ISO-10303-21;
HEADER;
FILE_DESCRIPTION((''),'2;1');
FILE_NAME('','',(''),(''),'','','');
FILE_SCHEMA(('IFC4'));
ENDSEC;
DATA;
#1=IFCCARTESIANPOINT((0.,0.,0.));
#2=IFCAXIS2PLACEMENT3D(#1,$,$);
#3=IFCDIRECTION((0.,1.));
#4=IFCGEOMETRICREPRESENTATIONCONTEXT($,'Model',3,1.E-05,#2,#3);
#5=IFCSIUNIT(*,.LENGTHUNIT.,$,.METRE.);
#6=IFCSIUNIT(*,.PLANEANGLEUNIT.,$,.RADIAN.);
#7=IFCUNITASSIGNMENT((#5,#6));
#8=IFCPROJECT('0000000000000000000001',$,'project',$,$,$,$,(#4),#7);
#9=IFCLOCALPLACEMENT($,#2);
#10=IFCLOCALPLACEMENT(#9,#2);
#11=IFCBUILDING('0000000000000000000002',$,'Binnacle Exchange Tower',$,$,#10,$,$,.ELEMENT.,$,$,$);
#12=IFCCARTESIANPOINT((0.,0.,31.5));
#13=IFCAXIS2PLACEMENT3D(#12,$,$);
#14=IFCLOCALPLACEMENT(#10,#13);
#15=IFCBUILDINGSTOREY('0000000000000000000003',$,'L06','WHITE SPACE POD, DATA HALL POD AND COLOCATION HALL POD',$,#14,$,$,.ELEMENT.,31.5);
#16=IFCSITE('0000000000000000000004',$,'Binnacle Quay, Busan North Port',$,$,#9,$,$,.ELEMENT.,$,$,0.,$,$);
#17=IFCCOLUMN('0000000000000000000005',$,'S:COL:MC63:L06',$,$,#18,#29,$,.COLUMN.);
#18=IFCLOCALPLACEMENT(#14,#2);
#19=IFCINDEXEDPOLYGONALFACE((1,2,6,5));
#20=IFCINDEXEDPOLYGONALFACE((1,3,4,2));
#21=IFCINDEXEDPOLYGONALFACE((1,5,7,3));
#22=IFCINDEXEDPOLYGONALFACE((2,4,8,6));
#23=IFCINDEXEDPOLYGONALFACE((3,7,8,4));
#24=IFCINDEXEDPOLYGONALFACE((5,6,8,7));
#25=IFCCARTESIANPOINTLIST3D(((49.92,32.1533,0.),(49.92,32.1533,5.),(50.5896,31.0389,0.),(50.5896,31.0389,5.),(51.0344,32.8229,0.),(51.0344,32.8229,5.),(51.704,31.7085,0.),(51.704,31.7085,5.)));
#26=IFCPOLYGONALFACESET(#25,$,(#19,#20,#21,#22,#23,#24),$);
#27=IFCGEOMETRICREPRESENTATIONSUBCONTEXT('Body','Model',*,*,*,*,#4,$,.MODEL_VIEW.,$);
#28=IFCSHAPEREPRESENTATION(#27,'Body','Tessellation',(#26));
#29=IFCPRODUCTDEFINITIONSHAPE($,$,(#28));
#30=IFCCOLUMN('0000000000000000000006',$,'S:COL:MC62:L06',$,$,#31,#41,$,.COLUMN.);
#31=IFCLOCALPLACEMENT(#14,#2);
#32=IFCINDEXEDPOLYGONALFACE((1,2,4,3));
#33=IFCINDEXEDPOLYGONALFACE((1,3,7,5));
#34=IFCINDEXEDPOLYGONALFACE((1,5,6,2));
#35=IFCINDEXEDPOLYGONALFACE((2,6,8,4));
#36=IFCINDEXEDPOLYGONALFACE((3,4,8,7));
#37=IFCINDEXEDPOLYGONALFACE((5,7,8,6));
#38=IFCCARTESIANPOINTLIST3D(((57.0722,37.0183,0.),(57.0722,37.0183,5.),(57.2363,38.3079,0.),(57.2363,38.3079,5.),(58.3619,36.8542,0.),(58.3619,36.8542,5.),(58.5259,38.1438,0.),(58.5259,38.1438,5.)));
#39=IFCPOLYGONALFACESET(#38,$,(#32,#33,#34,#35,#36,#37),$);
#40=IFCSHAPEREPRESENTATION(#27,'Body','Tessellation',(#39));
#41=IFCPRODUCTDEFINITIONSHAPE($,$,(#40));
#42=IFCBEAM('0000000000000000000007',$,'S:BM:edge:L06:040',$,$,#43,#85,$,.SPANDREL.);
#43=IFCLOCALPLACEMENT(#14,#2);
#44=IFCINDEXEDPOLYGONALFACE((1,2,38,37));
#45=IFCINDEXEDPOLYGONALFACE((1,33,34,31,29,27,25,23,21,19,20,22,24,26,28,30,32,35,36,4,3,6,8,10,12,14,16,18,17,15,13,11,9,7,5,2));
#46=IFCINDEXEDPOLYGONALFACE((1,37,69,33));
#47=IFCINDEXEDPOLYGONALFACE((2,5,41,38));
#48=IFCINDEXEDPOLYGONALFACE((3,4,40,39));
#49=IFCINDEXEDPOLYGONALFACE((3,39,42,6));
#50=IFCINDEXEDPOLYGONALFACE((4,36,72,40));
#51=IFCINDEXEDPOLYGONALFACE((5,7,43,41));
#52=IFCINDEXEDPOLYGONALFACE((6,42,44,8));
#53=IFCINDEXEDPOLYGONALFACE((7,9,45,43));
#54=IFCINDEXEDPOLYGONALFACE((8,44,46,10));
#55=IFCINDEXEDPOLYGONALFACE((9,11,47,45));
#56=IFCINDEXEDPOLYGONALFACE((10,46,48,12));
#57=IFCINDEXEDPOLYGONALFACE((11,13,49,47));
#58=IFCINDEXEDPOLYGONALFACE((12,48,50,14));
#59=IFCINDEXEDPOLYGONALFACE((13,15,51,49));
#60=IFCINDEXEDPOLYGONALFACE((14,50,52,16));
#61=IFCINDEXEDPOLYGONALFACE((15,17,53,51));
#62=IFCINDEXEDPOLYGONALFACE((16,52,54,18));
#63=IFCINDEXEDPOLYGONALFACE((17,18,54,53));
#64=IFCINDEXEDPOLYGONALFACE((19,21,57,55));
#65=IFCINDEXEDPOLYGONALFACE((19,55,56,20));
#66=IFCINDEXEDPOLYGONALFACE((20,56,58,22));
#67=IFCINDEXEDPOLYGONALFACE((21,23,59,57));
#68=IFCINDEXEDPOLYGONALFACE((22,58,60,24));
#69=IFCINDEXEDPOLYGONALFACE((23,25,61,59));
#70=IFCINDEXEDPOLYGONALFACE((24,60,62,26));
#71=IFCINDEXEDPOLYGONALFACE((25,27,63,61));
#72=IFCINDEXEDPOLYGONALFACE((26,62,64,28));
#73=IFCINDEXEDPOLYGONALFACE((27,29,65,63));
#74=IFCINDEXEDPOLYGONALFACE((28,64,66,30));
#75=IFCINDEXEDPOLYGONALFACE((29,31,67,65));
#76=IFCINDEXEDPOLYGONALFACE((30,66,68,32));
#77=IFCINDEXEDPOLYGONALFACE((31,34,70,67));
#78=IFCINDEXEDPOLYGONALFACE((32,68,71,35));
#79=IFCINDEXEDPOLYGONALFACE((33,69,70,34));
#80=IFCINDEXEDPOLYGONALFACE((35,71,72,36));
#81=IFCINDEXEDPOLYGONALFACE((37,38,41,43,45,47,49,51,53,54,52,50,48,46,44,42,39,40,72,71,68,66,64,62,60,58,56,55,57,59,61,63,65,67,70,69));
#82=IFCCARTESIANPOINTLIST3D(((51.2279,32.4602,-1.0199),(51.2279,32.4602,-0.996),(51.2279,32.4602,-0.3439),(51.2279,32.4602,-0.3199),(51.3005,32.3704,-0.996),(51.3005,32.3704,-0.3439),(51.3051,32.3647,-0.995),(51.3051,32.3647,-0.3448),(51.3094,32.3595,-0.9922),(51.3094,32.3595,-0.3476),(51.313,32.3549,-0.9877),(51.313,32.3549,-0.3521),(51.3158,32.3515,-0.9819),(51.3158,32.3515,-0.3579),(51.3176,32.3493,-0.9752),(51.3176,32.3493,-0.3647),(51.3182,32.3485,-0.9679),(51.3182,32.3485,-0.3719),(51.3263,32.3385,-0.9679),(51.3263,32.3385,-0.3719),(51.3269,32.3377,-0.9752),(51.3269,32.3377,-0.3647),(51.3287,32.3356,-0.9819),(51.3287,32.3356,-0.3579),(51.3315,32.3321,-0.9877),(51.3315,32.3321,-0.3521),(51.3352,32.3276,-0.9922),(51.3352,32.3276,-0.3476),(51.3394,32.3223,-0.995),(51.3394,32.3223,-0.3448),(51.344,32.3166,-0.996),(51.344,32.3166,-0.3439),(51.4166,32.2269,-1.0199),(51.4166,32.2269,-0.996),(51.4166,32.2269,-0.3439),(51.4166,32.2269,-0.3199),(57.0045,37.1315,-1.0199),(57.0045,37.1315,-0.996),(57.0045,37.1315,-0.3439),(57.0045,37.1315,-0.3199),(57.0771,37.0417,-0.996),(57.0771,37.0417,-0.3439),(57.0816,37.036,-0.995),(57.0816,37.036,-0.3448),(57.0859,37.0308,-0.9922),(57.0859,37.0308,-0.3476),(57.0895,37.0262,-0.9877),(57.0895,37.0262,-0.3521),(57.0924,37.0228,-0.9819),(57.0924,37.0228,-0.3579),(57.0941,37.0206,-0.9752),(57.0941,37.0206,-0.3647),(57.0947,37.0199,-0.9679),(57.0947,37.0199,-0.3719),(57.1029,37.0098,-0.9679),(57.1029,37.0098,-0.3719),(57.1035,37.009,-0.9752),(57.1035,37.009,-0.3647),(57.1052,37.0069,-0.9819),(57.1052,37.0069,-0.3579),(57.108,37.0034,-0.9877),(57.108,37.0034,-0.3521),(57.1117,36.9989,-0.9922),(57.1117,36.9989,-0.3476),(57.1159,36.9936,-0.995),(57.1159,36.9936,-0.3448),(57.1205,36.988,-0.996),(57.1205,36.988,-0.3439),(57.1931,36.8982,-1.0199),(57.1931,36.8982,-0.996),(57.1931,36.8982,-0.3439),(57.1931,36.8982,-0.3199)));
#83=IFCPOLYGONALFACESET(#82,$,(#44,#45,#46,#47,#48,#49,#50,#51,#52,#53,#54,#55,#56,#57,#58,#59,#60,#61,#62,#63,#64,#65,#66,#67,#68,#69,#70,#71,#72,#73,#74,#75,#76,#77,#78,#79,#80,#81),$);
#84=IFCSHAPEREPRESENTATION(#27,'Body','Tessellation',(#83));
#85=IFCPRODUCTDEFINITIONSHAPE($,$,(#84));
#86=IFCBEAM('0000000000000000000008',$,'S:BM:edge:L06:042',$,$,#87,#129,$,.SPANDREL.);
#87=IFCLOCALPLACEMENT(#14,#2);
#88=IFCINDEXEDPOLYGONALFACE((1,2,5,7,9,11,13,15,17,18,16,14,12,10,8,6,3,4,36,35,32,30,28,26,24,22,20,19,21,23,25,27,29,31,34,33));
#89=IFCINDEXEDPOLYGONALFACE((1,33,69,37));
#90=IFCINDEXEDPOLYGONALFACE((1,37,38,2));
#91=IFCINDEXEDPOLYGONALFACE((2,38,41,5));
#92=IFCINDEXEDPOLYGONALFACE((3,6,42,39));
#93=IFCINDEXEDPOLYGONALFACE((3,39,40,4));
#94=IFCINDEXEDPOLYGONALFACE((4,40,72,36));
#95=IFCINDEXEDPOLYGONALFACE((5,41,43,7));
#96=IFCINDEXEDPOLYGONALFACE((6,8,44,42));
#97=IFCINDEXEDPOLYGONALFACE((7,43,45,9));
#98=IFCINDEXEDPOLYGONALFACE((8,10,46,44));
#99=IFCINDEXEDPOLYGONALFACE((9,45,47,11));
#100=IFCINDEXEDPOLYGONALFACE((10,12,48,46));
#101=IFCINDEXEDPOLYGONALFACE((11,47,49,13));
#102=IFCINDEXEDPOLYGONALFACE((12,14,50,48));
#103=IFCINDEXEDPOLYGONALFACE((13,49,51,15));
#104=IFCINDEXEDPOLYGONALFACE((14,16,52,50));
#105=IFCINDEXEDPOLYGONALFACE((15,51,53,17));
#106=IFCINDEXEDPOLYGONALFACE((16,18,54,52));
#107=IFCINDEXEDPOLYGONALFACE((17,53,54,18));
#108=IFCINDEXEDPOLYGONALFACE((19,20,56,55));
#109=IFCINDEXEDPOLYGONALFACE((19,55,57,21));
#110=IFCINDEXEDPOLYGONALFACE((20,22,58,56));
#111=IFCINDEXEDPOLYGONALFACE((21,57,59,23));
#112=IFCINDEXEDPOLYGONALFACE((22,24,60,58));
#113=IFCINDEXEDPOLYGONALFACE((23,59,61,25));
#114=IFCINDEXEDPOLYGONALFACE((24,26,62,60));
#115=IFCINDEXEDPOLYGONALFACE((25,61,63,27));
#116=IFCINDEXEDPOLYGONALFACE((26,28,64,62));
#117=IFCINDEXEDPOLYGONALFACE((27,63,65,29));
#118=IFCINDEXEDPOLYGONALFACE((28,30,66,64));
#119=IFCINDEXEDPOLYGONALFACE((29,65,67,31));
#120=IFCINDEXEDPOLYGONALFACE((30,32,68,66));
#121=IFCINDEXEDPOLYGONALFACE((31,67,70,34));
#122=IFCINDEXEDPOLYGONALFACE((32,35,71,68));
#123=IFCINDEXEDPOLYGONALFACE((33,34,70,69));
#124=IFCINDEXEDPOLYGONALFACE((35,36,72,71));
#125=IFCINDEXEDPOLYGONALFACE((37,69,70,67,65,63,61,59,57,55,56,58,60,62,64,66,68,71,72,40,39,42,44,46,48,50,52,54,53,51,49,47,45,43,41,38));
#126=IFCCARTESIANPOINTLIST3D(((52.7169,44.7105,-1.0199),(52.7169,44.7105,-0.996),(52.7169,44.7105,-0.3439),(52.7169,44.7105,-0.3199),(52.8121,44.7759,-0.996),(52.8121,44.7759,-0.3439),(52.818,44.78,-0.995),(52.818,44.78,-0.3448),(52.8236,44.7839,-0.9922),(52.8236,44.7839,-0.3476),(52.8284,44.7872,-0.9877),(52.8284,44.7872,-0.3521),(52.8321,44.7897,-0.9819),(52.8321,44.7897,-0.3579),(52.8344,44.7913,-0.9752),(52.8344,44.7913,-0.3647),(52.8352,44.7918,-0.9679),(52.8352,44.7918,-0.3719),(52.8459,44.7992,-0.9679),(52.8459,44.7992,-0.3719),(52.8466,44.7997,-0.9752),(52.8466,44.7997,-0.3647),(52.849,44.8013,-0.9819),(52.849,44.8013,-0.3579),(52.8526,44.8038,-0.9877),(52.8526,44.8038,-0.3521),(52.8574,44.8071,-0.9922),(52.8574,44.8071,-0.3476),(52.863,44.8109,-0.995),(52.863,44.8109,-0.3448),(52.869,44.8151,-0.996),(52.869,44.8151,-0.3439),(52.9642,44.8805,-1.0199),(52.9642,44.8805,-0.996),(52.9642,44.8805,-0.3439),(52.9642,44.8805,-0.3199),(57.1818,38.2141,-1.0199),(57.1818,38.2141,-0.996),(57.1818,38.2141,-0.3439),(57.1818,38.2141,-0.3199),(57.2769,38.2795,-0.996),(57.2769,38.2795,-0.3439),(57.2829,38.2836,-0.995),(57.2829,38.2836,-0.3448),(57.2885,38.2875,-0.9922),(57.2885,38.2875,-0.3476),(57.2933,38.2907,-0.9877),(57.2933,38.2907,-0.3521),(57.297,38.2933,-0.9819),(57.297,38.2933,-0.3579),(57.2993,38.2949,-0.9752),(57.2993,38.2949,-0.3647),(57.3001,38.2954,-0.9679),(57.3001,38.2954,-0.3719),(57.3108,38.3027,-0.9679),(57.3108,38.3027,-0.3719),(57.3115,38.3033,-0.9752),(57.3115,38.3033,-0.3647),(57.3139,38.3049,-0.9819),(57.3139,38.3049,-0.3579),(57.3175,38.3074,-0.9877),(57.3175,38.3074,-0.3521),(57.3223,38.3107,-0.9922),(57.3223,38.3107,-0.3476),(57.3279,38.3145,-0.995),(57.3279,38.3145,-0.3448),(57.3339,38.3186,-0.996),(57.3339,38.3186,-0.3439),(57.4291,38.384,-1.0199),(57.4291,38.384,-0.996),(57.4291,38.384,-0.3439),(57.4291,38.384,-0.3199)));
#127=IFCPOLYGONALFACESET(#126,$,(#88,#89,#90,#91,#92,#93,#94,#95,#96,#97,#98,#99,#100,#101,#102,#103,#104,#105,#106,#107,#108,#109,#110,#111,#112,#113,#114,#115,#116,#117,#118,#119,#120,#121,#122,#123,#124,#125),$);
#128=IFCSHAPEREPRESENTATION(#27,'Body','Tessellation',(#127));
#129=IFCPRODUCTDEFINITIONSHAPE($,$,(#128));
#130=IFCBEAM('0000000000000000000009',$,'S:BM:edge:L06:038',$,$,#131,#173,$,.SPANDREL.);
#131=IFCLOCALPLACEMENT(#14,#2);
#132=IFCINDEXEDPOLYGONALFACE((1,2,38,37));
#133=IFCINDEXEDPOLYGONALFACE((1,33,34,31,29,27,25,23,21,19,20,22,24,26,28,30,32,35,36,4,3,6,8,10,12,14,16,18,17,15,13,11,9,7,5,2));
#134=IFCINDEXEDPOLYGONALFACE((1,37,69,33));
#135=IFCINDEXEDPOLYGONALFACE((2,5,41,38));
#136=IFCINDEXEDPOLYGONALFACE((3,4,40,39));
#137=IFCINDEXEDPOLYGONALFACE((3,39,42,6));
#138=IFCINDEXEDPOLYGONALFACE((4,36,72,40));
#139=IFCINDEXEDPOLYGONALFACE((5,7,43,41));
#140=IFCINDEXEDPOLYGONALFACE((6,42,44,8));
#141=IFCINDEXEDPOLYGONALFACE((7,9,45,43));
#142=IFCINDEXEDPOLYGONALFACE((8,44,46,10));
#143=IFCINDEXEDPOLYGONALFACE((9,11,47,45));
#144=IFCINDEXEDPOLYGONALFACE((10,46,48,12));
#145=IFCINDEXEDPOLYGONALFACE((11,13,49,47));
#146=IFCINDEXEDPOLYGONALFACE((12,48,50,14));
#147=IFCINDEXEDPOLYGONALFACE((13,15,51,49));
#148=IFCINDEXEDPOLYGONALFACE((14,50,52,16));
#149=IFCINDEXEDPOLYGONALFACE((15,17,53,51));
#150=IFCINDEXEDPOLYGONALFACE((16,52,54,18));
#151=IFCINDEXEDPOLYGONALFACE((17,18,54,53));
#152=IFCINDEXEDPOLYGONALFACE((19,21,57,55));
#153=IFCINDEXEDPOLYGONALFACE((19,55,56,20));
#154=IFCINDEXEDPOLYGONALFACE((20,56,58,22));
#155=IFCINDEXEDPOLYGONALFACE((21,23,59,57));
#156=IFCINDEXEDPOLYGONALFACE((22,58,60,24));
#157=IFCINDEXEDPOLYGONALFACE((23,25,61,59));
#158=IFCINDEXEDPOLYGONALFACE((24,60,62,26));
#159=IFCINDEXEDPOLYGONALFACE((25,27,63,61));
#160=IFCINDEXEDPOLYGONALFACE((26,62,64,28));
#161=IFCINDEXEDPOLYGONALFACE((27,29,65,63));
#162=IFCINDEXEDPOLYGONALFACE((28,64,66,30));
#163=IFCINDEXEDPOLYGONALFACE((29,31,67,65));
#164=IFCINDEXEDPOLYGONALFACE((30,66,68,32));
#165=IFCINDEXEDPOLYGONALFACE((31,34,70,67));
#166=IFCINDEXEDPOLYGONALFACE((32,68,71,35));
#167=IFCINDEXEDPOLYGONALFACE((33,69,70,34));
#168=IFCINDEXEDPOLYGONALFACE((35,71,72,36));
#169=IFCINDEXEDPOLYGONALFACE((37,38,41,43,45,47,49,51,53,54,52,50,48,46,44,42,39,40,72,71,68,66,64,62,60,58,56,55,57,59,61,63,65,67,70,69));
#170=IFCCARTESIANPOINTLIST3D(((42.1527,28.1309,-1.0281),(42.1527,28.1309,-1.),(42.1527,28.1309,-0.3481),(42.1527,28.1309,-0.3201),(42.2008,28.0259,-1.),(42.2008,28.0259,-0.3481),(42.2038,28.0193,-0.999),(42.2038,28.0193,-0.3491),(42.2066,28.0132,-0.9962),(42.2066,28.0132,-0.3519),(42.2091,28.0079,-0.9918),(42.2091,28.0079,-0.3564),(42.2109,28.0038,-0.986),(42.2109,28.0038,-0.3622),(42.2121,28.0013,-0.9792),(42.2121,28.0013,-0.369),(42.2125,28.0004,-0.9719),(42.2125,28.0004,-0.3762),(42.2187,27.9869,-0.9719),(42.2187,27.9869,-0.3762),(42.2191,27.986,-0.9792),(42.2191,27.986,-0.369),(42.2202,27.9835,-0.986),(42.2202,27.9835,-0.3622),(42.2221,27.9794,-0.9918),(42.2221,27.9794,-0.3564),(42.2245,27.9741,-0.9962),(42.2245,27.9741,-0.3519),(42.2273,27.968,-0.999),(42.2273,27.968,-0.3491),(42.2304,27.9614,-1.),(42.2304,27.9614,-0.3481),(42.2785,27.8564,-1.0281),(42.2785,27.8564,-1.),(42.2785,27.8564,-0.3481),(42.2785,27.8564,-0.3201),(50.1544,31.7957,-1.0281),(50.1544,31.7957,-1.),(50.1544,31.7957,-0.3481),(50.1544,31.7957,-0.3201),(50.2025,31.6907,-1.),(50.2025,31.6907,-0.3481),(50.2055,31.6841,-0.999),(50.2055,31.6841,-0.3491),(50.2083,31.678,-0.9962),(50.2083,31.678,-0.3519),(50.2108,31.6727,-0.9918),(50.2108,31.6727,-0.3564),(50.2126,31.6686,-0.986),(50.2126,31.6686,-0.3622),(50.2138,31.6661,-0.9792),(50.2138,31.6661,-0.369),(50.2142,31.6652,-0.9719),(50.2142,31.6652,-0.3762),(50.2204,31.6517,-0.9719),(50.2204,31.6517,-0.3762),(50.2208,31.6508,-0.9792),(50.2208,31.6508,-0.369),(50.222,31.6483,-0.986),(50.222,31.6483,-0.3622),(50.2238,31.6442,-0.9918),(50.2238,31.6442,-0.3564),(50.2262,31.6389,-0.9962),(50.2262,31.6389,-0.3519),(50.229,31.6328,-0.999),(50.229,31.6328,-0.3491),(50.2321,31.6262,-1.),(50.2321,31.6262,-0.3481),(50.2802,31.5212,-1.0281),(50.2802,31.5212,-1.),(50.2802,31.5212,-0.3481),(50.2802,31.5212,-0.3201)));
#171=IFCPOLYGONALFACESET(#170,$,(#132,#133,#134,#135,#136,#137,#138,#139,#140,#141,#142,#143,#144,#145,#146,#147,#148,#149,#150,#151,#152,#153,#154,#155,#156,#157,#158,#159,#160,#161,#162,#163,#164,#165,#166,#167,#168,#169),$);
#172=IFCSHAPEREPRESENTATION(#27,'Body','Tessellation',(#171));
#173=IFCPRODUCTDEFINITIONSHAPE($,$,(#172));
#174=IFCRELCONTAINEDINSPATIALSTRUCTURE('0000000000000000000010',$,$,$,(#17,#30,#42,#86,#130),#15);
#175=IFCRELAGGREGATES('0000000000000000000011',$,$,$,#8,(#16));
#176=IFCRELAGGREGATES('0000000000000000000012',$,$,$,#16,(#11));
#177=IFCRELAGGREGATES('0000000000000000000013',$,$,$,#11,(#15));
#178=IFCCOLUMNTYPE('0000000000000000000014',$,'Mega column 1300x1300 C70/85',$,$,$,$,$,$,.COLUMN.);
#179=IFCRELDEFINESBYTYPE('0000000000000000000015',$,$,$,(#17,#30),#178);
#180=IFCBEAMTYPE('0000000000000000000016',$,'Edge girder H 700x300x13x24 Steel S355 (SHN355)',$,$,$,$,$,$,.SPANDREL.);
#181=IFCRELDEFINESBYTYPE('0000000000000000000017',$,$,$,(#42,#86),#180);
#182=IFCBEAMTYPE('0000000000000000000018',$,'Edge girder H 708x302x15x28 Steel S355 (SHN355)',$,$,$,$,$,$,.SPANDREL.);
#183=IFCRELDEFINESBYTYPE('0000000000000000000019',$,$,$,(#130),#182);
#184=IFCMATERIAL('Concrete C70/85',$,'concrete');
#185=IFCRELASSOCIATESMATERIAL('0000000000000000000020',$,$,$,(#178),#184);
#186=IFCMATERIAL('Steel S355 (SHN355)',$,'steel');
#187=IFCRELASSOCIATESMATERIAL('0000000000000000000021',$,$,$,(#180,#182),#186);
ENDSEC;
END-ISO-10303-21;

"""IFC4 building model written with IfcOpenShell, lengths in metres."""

from ifc_helpers import new_model, si_unit, direction, frame, origin, origin_2d, place, context, subcontext, project, spatial, rectangle, i_section, extrude, material, material_profile, profile_set, type_object, element, save


model = new_model("IFC4")

# Units and contexts
model_context = context("Model", 3, precision=1e-05, world=origin(), true_north=direction((0.0, 1.0)))
body_context = subcontext(model_context, "Body", "Model", "MODEL_VIEW")
ifc_project = project(units=[si_unit("LENGTHUNIT", "METRE"), si_unit("PLANEANGLEUNIT", "RADIAN")], contexts=[model_context])

# Site, building, storey
site_placement = place(None, origin())
site = spatial("IfcSite", under=ifc_project, at=site_placement, Name="Binnacle Quay, Busan North Port", CompositionType="ELEMENT", RefElevation=0.0)
building_placement = place(site_placement, origin())
building = spatial("IfcBuilding", under=site, at=building_placement, Name="Binnacle Exchange Tower", CompositionType="ELEMENT")
storey_placement = place(building_placement, frame((0.0, 0.0, 31.5)))
storey = spatial("IfcBuildingStorey", under=building, at=storey_placement, Name="L06", Description="WHITE SPACE POD, DATA HALL POD AND COLOCATION HALL POD", CompositionType="ELEMENT", Elevation=31.5)

# Columns
ifc_material_1 = material(Name="Concrete C70/85", Category="concrete")
ifc_material_profile_1 = material_profile(ifc_material_1, rectangle(XDim=1.3, YDim=1.3, at=origin_2d()), Name="Mega column 1300x1300 C70/85")
ifc_profile_set_1 = profile_set([ifc_material_profile_1], Name="Concrete C70/85")
column_type = type_object("IfcColumnType", Name="Mega column 1300x1300 C70/85", PredefinedType="COLUMN", material=ifc_profile_set_1)
for number, where, z_axis, x_axis, name in (
    (1, (50.812, 31.9309, 0.0), (0.0, 0.0, 1.0), (0.857167, 0.515038, 0.0), "S:COL:MC63:L06"),
    (2, (57.7991, 37.5811, 0.0), (0.0, 0.0, 1.0), (0.126199, 0.992005, 0.0), "S:COL:MC62:L06"),
):
    element("IfcColumn", number, at=place(storey_placement, frame(where, z_axis=z_axis, x_axis=x_axis)), inside=storey, type_object=column_type, Name=name, PredefinedType="COLUMN", context=body_context, shape_type="SweptSolid", body=[
        extrude(rectangle(XDim=1.3, YDim=1.3, at=origin_2d()), origin(), (0.0, 0.0, 1.0), 5.0),
    ])

# Beams
ifc_material_2 = material(Name="Steel S355 (SHN355)", Category="steel")
ifc_material_profile_2 = material_profile(ifc_material_2, i_section(OverallWidth=0.3, OverallDepth=0.7, WebThickness=0.0129, FlangeThickness=0.0239, FilletRadius=0.0281, at=origin_2d()), Name="H 700x300x13x24")
ifc_profile_set_2 = profile_set([ifc_material_profile_2], Name="Steel S355 (SHN355)")
beam_type_1 = type_object("IfcBeamType", Name="Edge girder H 700x300x13x24 Steel S355 (SHN355)", PredefinedType="SPANDREL", material=ifc_profile_set_2)
beam_1_placement = place(storey_placement, frame((51.3223, 32.3435, -0.6699), z_axis=(0.777568, 0.628798, 0.0), x_axis=(-0.628798, 0.777568, 0.0)))
element("IfcBeam", 3, at=beam_1_placement, inside=storey, type_object=beam_type_1, Name="S:BM:edge:L06:040", PredefinedType="SPANDREL", context=body_context, shape_type="SweptSolid", body=[
    extrude(i_section(OverallWidth=0.3, OverallDepth=0.7, WebThickness=0.0129, FlangeThickness=0.0239, FilletRadius=0.0281, at=origin_2d()), origin(), (0.0, 0.0, 1.0), 7.429),
])
beam_2_placement = place(storey_placement, frame((57.3054, 38.2991, -0.6699), z_axis=(-0.566409, 0.824124, 0.0), x_axis=(-0.824124, -0.566409, 0.0)))
element("IfcBeam", 4, at=beam_2_placement, inside=storey, type_object=beam_type_1, Name="S:BM:edge:L06:042", PredefinedType="SPANDREL", context=body_context, shape_type="SweptSolid", body=[
    extrude(i_section(OverallWidth=0.3, OverallDepth=0.7, WebThickness=0.0129, FlangeThickness=0.0239, FilletRadius=0.0281, at=origin_2d()), origin(), (0.0, 0.0, 1.0), 7.8828),
])
ifc_material_profile_3 = material_profile(ifc_material_2, i_section(OverallWidth=0.302, OverallDepth=0.708, WebThickness=0.0149, FlangeThickness=0.0281, FilletRadius=0.0281, at=origin_2d()), Name="H 708x302x15x28")
ifc_profile_set_3 = profile_set([ifc_material_profile_3], Name="Steel S355 (SHN355)")
beam_type_2 = type_object("IfcBeamType", Name="Edge girder H 708x302x15x28 Steel S355 (SHN355)", PredefinedType="SPANDREL", material=ifc_profile_set_3)
beam_3_placement = place(storey_placement, frame((42.2156, 27.9937, -0.6741), z_axis=(0.909179, 0.416405, 0.0), x_axis=(-0.416405, 0.909179, 0.0)))
element("IfcBeam", 5, at=beam_3_placement, inside=storey, type_object=beam_type_2, Name="S:BM:edge:L06:038", PredefinedType="SPANDREL", context=body_context, shape_type="SweptSolid", body=[
    extrude(i_section(OverallWidth=0.302, OverallDepth=0.708, WebThickness=0.0149, FlangeThickness=0.0281, FilletRadius=0.0281, at=origin_2d()), origin(), (0.0, 0.0, 1.0), 8.801),
])

save(model, "model.ifc")
